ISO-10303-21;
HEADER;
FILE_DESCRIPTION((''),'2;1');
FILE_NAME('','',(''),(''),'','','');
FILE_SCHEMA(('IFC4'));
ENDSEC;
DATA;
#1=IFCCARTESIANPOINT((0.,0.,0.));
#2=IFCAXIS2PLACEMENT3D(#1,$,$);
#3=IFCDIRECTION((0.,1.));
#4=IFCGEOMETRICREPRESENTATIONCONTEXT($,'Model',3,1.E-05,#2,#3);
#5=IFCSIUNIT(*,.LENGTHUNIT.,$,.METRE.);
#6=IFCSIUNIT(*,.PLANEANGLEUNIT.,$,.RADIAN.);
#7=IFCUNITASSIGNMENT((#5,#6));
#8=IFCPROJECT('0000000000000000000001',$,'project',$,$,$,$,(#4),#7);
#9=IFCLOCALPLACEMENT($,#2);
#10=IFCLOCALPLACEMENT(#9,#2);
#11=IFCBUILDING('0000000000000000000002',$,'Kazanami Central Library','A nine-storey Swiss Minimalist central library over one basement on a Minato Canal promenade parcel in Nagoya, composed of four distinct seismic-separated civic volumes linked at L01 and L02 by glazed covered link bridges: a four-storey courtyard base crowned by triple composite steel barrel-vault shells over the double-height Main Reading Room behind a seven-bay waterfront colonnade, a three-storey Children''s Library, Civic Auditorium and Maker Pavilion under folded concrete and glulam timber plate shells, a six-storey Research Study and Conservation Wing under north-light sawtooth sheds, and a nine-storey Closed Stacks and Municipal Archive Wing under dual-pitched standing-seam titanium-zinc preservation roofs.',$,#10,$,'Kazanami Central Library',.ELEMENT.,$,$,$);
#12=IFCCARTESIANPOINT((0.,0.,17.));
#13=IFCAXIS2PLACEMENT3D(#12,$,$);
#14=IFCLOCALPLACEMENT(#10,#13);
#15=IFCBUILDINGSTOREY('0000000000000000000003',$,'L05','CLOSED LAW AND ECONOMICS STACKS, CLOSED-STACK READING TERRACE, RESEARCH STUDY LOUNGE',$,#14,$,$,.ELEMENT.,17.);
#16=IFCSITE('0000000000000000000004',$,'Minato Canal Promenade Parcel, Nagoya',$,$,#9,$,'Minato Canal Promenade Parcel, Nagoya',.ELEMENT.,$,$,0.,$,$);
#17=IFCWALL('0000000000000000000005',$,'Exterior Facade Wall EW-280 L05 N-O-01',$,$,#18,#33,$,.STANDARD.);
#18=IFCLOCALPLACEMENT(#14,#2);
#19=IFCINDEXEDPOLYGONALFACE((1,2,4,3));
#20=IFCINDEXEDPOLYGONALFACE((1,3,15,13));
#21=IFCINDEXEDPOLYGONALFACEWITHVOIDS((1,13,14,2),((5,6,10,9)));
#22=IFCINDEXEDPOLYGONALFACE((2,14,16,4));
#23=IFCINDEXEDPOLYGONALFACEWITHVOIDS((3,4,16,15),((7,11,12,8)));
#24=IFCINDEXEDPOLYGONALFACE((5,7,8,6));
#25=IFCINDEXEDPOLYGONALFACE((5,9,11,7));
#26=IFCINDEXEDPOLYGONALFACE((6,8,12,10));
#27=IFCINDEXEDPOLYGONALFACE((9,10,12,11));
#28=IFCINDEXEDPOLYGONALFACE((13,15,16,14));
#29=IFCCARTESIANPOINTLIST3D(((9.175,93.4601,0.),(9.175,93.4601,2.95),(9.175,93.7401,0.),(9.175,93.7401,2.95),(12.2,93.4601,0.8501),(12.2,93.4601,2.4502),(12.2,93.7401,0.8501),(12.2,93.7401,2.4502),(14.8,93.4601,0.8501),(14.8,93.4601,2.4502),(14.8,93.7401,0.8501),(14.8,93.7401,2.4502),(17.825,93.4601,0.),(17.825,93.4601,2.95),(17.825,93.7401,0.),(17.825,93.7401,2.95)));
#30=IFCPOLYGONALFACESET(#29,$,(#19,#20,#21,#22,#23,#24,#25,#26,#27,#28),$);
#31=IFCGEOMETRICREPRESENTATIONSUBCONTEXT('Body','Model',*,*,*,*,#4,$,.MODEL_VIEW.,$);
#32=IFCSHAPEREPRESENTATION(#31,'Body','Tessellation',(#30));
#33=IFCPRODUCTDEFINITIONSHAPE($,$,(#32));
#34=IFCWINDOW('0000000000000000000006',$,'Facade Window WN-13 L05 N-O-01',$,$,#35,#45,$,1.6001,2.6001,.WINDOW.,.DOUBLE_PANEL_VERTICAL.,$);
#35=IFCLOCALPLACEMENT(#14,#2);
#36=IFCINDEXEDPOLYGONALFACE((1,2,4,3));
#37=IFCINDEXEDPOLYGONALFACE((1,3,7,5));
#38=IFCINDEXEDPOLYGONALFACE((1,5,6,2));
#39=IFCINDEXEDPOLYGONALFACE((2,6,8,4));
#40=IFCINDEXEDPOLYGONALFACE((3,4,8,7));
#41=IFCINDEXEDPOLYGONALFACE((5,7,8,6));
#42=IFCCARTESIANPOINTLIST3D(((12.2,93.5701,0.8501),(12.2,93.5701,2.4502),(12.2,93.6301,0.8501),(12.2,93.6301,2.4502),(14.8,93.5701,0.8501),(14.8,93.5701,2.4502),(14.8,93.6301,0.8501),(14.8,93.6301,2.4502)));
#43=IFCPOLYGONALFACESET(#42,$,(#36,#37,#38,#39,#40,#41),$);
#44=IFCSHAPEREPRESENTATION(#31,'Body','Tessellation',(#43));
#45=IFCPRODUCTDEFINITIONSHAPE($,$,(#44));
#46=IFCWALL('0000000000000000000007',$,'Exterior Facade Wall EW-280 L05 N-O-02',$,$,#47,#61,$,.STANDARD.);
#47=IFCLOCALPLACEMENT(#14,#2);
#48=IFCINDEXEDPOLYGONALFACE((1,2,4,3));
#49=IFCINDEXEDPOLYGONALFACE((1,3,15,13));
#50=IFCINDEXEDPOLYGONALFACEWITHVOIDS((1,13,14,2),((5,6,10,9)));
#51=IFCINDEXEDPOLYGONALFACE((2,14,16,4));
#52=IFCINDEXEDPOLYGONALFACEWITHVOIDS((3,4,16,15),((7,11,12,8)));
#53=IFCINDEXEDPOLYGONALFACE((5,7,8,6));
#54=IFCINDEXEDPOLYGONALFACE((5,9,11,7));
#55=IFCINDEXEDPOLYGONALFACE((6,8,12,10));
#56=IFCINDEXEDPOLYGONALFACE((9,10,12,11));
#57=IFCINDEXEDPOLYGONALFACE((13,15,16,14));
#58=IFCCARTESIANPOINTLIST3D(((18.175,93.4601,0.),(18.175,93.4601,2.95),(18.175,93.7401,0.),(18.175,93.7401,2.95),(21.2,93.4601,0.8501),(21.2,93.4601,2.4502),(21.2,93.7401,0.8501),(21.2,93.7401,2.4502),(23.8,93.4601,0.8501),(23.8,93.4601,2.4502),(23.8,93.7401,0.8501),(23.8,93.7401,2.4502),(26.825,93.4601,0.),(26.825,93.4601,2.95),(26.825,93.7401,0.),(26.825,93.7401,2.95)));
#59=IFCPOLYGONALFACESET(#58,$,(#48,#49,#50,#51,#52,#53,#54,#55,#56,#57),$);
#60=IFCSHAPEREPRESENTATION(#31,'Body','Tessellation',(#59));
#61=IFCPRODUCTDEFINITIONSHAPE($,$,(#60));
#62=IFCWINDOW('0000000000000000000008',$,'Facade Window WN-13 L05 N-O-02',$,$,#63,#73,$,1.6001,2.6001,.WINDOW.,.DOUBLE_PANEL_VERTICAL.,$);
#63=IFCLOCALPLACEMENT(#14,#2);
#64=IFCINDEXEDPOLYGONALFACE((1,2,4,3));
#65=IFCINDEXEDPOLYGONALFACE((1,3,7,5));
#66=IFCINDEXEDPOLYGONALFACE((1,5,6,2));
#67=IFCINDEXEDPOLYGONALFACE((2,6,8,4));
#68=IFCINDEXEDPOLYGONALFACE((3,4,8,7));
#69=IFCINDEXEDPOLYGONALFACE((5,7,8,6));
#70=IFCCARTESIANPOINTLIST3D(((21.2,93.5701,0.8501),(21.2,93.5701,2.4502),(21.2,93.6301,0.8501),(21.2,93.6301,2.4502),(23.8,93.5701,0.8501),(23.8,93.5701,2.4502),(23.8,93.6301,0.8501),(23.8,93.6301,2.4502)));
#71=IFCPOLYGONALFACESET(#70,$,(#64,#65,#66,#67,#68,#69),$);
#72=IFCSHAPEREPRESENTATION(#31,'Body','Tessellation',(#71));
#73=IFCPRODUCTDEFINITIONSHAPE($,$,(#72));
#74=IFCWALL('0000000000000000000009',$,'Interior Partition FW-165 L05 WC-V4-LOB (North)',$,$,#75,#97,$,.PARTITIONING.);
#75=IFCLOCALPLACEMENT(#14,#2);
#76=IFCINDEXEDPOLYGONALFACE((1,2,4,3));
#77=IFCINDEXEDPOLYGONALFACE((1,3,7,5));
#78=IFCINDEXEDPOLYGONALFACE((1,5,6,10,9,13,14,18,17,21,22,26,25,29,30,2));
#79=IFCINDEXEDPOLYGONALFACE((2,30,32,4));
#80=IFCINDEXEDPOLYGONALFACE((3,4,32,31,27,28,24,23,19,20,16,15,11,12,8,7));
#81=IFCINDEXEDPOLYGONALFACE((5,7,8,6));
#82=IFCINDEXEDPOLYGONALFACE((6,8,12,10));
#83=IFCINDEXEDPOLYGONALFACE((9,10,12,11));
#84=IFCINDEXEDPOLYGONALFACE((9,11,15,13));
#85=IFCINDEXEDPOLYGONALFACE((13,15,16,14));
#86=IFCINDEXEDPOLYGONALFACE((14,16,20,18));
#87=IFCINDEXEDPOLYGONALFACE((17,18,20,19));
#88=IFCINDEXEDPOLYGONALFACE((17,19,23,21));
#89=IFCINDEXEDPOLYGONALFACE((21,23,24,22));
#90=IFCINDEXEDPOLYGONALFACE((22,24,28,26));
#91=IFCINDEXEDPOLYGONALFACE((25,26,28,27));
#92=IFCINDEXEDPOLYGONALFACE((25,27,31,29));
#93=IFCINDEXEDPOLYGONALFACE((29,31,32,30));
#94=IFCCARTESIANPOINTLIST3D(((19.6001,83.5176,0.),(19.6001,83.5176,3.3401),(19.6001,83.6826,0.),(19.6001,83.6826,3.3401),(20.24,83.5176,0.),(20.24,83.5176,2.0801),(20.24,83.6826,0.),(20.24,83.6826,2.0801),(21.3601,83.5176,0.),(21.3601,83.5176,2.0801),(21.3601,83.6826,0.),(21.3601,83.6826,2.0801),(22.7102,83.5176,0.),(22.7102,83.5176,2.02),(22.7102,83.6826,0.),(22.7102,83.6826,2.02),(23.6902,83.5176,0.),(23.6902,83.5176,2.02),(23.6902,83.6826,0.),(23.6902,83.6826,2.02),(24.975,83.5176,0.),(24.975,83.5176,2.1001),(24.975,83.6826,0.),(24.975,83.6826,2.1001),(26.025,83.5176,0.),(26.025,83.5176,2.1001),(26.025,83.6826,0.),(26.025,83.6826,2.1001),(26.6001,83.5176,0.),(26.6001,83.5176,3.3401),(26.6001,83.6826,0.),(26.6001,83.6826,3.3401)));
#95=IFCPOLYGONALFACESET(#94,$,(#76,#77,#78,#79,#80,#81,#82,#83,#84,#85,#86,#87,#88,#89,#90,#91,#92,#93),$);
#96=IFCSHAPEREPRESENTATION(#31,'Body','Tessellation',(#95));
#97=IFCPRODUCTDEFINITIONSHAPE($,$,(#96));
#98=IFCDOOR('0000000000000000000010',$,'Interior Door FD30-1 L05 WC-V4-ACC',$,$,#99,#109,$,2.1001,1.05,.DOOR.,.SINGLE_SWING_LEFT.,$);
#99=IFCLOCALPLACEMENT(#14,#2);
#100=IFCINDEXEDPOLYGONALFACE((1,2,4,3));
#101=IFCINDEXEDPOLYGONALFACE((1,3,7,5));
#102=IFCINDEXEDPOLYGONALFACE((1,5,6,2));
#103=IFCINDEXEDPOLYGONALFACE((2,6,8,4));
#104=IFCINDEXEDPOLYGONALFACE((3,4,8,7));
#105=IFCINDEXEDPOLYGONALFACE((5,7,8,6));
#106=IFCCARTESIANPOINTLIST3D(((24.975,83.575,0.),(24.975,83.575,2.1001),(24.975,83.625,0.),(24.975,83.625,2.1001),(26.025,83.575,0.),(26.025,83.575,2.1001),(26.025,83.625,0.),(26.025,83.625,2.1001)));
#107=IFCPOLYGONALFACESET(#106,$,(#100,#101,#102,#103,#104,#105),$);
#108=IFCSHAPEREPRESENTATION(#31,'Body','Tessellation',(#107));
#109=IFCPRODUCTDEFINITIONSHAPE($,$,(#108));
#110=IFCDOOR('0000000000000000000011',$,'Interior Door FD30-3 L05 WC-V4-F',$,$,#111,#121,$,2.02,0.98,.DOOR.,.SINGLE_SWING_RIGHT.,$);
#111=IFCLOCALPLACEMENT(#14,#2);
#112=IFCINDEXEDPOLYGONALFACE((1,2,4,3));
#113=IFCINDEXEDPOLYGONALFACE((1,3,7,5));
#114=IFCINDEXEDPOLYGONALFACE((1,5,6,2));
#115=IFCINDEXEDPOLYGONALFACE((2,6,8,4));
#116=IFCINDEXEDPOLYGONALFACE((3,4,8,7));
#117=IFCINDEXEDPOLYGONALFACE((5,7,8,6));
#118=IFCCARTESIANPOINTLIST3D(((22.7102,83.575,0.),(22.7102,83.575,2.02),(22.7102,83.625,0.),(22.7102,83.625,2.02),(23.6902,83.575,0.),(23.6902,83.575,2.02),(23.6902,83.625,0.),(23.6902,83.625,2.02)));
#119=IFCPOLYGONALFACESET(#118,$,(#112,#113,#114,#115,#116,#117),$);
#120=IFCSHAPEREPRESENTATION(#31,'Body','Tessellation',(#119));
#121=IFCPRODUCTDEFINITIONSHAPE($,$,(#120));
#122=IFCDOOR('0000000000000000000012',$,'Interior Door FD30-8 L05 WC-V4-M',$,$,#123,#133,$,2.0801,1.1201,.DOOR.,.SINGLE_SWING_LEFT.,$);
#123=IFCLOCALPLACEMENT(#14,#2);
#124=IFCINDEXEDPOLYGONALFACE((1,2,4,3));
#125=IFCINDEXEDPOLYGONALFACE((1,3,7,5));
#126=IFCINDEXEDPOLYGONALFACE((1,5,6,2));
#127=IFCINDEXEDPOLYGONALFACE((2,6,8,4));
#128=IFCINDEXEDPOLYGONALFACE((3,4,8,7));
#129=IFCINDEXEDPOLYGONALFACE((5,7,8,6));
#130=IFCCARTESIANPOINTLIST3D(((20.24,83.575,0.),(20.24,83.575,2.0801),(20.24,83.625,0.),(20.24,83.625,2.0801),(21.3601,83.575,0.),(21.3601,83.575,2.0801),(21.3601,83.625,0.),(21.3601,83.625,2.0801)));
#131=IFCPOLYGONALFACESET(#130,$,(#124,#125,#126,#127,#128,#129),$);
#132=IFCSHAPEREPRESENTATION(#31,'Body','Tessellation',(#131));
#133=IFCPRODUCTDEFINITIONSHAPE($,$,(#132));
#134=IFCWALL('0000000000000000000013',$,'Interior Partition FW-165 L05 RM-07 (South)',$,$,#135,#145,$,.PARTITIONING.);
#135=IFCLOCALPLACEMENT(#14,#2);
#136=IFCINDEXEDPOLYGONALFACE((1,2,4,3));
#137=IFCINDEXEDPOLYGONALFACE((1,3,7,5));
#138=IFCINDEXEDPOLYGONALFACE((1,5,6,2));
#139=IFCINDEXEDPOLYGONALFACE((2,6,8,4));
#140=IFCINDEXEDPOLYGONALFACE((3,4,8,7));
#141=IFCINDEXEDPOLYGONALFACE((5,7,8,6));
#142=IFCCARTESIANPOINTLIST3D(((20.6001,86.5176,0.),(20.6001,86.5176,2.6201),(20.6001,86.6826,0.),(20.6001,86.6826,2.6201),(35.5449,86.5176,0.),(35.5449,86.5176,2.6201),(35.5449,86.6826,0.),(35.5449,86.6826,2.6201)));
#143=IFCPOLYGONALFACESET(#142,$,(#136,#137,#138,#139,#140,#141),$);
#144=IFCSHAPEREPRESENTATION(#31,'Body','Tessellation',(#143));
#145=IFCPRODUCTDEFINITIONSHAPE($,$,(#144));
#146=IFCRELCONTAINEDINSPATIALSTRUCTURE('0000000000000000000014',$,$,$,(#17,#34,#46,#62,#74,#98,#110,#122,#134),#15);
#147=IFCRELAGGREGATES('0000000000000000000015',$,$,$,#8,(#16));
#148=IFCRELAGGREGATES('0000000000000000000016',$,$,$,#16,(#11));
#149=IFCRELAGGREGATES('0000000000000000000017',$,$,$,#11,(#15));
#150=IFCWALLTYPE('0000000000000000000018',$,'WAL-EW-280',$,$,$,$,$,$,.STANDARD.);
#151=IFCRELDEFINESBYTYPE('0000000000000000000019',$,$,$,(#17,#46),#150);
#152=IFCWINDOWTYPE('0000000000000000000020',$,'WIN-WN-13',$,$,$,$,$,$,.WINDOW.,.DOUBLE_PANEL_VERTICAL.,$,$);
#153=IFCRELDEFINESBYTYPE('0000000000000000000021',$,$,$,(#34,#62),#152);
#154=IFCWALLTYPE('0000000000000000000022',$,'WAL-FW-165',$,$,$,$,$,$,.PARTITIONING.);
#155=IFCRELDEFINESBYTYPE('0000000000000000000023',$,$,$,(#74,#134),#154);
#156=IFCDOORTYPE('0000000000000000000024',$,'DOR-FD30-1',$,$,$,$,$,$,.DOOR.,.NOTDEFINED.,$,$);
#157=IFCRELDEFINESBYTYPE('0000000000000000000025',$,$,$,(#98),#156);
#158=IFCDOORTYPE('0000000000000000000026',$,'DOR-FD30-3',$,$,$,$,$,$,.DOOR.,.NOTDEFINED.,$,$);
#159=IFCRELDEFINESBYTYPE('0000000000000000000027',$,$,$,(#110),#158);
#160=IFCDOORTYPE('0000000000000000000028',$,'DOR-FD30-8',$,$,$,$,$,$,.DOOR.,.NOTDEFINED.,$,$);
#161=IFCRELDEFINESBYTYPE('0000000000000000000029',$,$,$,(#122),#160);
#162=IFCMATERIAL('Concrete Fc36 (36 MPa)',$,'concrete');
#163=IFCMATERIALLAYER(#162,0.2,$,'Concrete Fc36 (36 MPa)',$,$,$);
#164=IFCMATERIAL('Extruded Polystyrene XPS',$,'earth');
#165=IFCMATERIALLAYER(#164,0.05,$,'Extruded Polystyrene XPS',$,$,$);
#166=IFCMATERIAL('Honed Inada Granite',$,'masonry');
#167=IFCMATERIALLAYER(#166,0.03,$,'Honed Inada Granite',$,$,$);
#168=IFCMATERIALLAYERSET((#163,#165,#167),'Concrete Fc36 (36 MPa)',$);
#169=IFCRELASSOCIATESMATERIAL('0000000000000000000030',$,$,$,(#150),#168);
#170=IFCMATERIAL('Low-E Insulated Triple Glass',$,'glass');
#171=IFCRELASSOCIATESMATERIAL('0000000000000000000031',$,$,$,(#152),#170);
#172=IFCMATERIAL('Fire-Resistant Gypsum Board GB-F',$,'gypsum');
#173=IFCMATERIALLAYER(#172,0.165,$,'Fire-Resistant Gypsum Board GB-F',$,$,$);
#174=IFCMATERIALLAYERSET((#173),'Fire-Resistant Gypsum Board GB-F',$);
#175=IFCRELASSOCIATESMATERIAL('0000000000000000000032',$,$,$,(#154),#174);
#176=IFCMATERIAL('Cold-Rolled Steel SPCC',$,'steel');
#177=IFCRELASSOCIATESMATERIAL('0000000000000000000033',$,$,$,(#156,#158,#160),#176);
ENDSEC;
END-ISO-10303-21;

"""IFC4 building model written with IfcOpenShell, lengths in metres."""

from ifc_helpers import new_model, si_unit, direction, frame, frame_2d, origin, place, context, subcontext, project, spatial, rectangle, extrude, material, layer, layer_set, type_object, element, fill, save


model = new_model("IFC4")

# Units and contexts
model_context = context("Model", 3, precision=1e-05, world=origin(), true_north=direction((0.0, 1.0)))
body_context = subcontext(model_context, "Body", "Model", "MODEL_VIEW")
ifc_project = project(units=[si_unit("LENGTHUNIT", "METRE"), si_unit("PLANEANGLEUNIT", "RADIAN")], contexts=[model_context])

# Site, building, storey
site_placement = place(None, origin())
site = spatial("IfcSite", under=ifc_project, at=site_placement, Name="Minato Canal Promenade Parcel, Nagoya", LongName="Minato Canal Promenade Parcel, Nagoya", CompositionType="ELEMENT", RefElevation=0.0)
building_placement = place(site_placement, origin())
building = spatial("IfcBuilding", under=site, at=building_placement, Name="Kazanami Central Library", Description="A nine-storey Swiss Minimalist central library over one basement on a Minato Canal promenade parcel in Nagoya, composed of four distinct seismic-separated civic volumes linked at L01 and L02 by glazed covered link bridges: a four-storey courtyard base crowned by triple composite steel barrel-vault shells over the double-height Main Reading Room behind a seven-bay waterfront colonnade, a three-storey Children's Library, Civic Auditorium and Maker Pavilion under folded concrete and glulam timber plate shells, a six-storey Research Study and Conservation Wing under north-light sawtooth sheds, and a nine-storey Closed Stacks and Municipal Archive Wing under dual-pitched standing-seam titanium-zinc preservation roofs.", LongName="Kazanami Central Library", CompositionType="ELEMENT")
storey_placement = place(building_placement, frame((0.0, 0.0, 17.0)))
storey = spatial("IfcBuildingStorey", under=building, at=storey_placement, Name="L05", Description="CLOSED LAW AND ECONOMICS STACKS, CLOSED-STACK READING TERRACE, RESEARCH STUDY LOUNGE", CompositionType="ELEMENT", Elevation=17.0)

# Walls, openings, windows
ifc_material_1 = material(Name="Concrete Fc36 (36 MPa)", Category="concrete")
ifc_layer_1 = layer(ifc_material_1, 0.2, Name="Concrete Fc36 (36 MPa)")
ifc_material_2 = material(Name="Extruded Polystyrene XPS", Category="earth")
ifc_layer_2 = layer(ifc_material_2, 0.05, Name="Extruded Polystyrene XPS")
ifc_material_3 = material(Name="Honed Inada Granite", Category="masonry")
ifc_layer_3 = layer(ifc_material_3, 0.03, Name="Honed Inada Granite")
ifc_layer_set_1 = layer_set([ifc_layer_1, ifc_layer_2, ifc_layer_3], Name="Concrete Fc36 (36 MPa)")
wall_type_1 = type_object("IfcWallType", Name="WAL-EW-280", PredefinedType="STANDARD", material=ifc_layer_set_1)
wall_1_placement = place(storey_placement, frame((17.825, 93.6001, 0.0), z_axis=(0.0, 0.0, 1.0), x_axis=(-1.0, 0.0, 0.0)))
wall_1 = element("IfcWall", 1, at=wall_1_placement, inside=storey, type_object=wall_type_1, Name="Exterior Facade Wall EW-280 L05 N-O-01", PredefinedType="STANDARD", context=body_context, shape_type="SweptSolid", body=[
    extrude(rectangle(XDim=8.6499, YDim=0.28, at=frame_2d((4.325, 0.0))), origin(), (0.0, 0.0, 1.0), 2.95),
])
opening_1_placement = place(wall_1_placement, frame((3.0249, 0.0, 0.8501)))
opening_1 = element("IfcOpeningElement", 2, at=opening_1_placement, cuts=wall_1, PredefinedType="OPENING", context=body_context, shape_type="SweptSolid", body=[
    extrude(rectangle(XDim=2.6001, YDim=1.6001, at=frame_2d((1.3, 0.8))), frame((0.0, 0.1519, 0.0), z_axis=(0.0, -1.0, 0.0), x_axis=(1.0, 0.0, 0.0)), (0.0, 0.0, 1.0), 0.304),
])
ifc_material_4 = material(Name="Low-E Insulated Triple Glass", Category="glass")
window_type = type_object("IfcWindowType", Name="WIN-WN-13", PartitioningType="DOUBLE_PANEL_VERTICAL", PredefinedType="WINDOW", material=ifc_material_4)
window_1_placement = place(opening_1_placement, origin())
window_1 = element("IfcWindow", 3, at=window_1_placement, inside=storey, type_object=window_type, Name="Facade Window WN-13 L05 N-O-01", OverallHeight=1.6001, OverallWidth=2.6001, PartitioningType="DOUBLE_PANEL_VERTICAL", PredefinedType="WINDOW", context=body_context, shape_type="SweptSolid", body=[
    extrude(rectangle(XDim=2.6001, YDim=1.6001, at=frame_2d((1.3, 0.8))), frame((0.0, 0.03, 0.0), z_axis=(0.0, -1.0, 0.0), x_axis=(1.0, 0.0, 0.0)), (0.0, 0.0, 1.0), 0.0601),
])
fill(opening_1, window_1)
wall_2_placement = place(storey_placement, frame((26.825, 93.6001, 0.0), z_axis=(0.0, 0.0, 1.0), x_axis=(-1.0, 0.0, 0.0)))
wall_2 = element("IfcWall", 4, at=wall_2_placement, inside=storey, type_object=wall_type_1, Name="Exterior Facade Wall EW-280 L05 N-O-02", PredefinedType="STANDARD", context=body_context, shape_type="SweptSolid", body=[
    extrude(rectangle(XDim=8.6499, YDim=0.28, at=frame_2d((4.325, 0.0))), origin(), (0.0, 0.0, 1.0), 2.95),
])
opening_2_placement = place(wall_2_placement, frame((3.0249, 0.0, 0.8501)))
opening_2 = element("IfcOpeningElement", 5, at=opening_2_placement, cuts=wall_2, PredefinedType="OPENING", context=body_context, shape_type="SweptSolid", body=[
    extrude(rectangle(XDim=2.6001, YDim=1.6001, at=frame_2d((1.3, 0.8))), frame((0.0, 0.1519, 0.0), z_axis=(0.0, -1.0, 0.0), x_axis=(1.0, 0.0, 0.0)), (0.0, 0.0, 1.0), 0.304),
])
window_2_placement = place(opening_2_placement, origin())
window_2 = element("IfcWindow", 6, at=window_2_placement, inside=storey, type_object=window_type, Name="Facade Window WN-13 L05 N-O-02", OverallHeight=1.6001, OverallWidth=2.6001, PartitioningType="DOUBLE_PANEL_VERTICAL", PredefinedType="WINDOW", context=body_context, shape_type="SweptSolid", body=[
    extrude(rectangle(XDim=2.6001, YDim=1.6001, at=frame_2d((1.3, 0.8))), frame((0.0, 0.03, 0.0), z_axis=(0.0, -1.0, 0.0), x_axis=(1.0, 0.0, 0.0)), (0.0, 0.0, 1.0), 0.0601),
])
fill(opening_2, window_2)

# Wall, openings, doors
ifc_material_5 = material(Name="Fire-Resistant Gypsum Board GB-F", Category="gypsum")
ifc_layer_4 = layer(ifc_material_5, 0.165, Name="Fire-Resistant Gypsum Board GB-F")
ifc_layer_set_2 = layer_set([ifc_layer_4], Name="Fire-Resistant Gypsum Board GB-F")
wall_type_2 = type_object("IfcWallType", Name="WAL-FW-165", PredefinedType="PARTITIONING", material=ifc_layer_set_2)
wall_3_placement = place(storey_placement, frame((19.6001, 83.6001, 0.0), z_axis=(0.0, 0.0, 1.0), x_axis=(1.0, 0.0, 0.0)))
wall_3 = element("IfcWall", 7, at=wall_3_placement, inside=storey, type_object=wall_type_2, Name="Interior Partition FW-165 L05 WC-V4-LOB (North)", PredefinedType="PARTITIONING", context=body_context, shape_type="SweptSolid", body=[
    extrude(rectangle(XDim=7.0, YDim=0.165, at=frame_2d((3.5, 0.0))), origin(), (0.0, 0.0, 1.0), 3.3401),
])
opening_3_placement = place(wall_3_placement, frame((0.6399, 0.0, 0.0)))
opening_3 = element("IfcOpeningElement", 8, at=opening_3_placement, cuts=wall_3, PredefinedType="OPENING", context=body_context, shape_type="SweptSolid", body=[
    extrude(rectangle(XDim=1.1201, YDim=2.0801, at=frame_2d((0.5601, 1.04))), frame((0.0, 0.0945, 0.0), z_axis=(0.0, -1.0, 0.0), x_axis=(1.0, 0.0, 0.0)), (0.0, 0.0, 1.0), 0.189),
])
opening_4_placement = place(wall_3_placement, frame((3.1101, 0.0, 0.0)))
opening_4 = element("IfcOpeningElement", 9, at=opening_4_placement, cuts=wall_3, PredefinedType="OPENING", context=body_context, shape_type="SweptSolid", body=[
    extrude(rectangle(XDim=0.98, YDim=2.02, at=frame_2d((0.49, 1.01))), frame((0.0, 0.0945, 0.0), z_axis=(0.0, -1.0, 0.0), x_axis=(1.0, 0.0, 0.0)), (0.0, 0.0, 1.0), 0.189),
])
opening_5_placement = place(wall_3_placement, frame((5.375, 0.0, 0.0)))
opening_5 = element("IfcOpeningElement", 10, at=opening_5_placement, cuts=wall_3, PredefinedType="OPENING", context=body_context, shape_type="SweptSolid", body=[
    extrude(rectangle(XDim=1.05, YDim=2.1001, at=frame_2d((0.5249, 1.05))), frame((0.0, 0.0945, 0.0), z_axis=(0.0, -1.0, 0.0), x_axis=(1.0, 0.0, 0.0)), (0.0, 0.0, 1.0), 0.189),
])
ifc_material_6 = material(Name="Cold-Rolled Steel SPCC", Category="steel")
door_type_1 = type_object("IfcDoorType", Name="DOR-FD30-1", OperationType="NOTDEFINED", PredefinedType="DOOR", material=ifc_material_6)
door_1_placement = place(opening_5_placement, origin())
door_1 = element("IfcDoor", 11, at=door_1_placement, inside=storey, type_object=door_type_1, Name="Interior Door FD30-1 L05 WC-V4-ACC", OperationType="SINGLE_SWING_LEFT", OverallHeight=2.1001, OverallWidth=1.05, PredefinedType="DOOR", context=body_context, shape_type="SweptSolid", body=[
    extrude(rectangle(XDim=1.05, YDim=2.1001, at=frame_2d((0.5249, 1.05))), frame((0.0, 0.0249, 0.0), z_axis=(0.0, -1.0, 0.0), x_axis=(1.0, 0.0, 0.0)), (0.0, 0.0, 1.0), 0.05),
])
fill(opening_5, door_1)
door_type_2 = type_object("IfcDoorType", Name="DOR-FD30-3", OperationType="NOTDEFINED", PredefinedType="DOOR", material=ifc_material_6)
door_2_placement = place(opening_4_placement, origin())
door_2 = element("IfcDoor", 12, at=door_2_placement, inside=storey, type_object=door_type_2, Name="Interior Door FD30-3 L05 WC-V4-F", OperationType="SINGLE_SWING_RIGHT", OverallHeight=2.02, OverallWidth=0.98, PredefinedType="DOOR", context=body_context, shape_type="SweptSolid", body=[
    extrude(rectangle(XDim=0.98, YDim=2.02, at=frame_2d((0.49, 1.01))), frame((0.0, 0.0249, 0.0), z_axis=(0.0, -1.0, 0.0), x_axis=(1.0, 0.0, 0.0)), (0.0, 0.0, 1.0), 0.05),
])
fill(opening_4, door_2)
door_type_3 = type_object("IfcDoorType", Name="DOR-FD30-8", OperationType="NOTDEFINED", PredefinedType="DOOR", material=ifc_material_6)
door_3_placement = place(opening_3_placement, origin())
door_3 = element("IfcDoor", 13, at=door_3_placement, inside=storey, type_object=door_type_3, Name="Interior Door FD30-8 L05 WC-V4-M", OperationType="SINGLE_SWING_LEFT", OverallHeight=2.0801, OverallWidth=1.1201, PredefinedType="DOOR", context=body_context, shape_type="SweptSolid", body=[
    extrude(rectangle(XDim=1.1201, YDim=2.0801, at=frame_2d((0.5601, 1.04))), frame((0.0, 0.0249, 0.0), z_axis=(0.0, -1.0, 0.0), x_axis=(1.0, 0.0, 0.0)), (0.0, 0.0, 1.0), 0.05),
])
fill(opening_3, door_3)

# Wall
wall_4_placement = place(storey_placement, frame((20.6001, 86.6001, 0.0), z_axis=(0.0, 0.0, 1.0), x_axis=(1.0, 0.0, 0.0)))
element("IfcWall", 14, at=wall_4_placement, inside=storey, type_object=wall_type_2, Name="Interior Partition FW-165 L05 RM-07 (South)", PredefinedType="PARTITIONING", context=body_context, shape_type="SweptSolid", body=[
    extrude(rectangle(XDim=14.9448, YDim=0.165, at=frame_2d((7.4724, 0.0))), origin(), (0.0, 0.0, 1.0), 2.6201),
])

save(model, "model.ifc")
